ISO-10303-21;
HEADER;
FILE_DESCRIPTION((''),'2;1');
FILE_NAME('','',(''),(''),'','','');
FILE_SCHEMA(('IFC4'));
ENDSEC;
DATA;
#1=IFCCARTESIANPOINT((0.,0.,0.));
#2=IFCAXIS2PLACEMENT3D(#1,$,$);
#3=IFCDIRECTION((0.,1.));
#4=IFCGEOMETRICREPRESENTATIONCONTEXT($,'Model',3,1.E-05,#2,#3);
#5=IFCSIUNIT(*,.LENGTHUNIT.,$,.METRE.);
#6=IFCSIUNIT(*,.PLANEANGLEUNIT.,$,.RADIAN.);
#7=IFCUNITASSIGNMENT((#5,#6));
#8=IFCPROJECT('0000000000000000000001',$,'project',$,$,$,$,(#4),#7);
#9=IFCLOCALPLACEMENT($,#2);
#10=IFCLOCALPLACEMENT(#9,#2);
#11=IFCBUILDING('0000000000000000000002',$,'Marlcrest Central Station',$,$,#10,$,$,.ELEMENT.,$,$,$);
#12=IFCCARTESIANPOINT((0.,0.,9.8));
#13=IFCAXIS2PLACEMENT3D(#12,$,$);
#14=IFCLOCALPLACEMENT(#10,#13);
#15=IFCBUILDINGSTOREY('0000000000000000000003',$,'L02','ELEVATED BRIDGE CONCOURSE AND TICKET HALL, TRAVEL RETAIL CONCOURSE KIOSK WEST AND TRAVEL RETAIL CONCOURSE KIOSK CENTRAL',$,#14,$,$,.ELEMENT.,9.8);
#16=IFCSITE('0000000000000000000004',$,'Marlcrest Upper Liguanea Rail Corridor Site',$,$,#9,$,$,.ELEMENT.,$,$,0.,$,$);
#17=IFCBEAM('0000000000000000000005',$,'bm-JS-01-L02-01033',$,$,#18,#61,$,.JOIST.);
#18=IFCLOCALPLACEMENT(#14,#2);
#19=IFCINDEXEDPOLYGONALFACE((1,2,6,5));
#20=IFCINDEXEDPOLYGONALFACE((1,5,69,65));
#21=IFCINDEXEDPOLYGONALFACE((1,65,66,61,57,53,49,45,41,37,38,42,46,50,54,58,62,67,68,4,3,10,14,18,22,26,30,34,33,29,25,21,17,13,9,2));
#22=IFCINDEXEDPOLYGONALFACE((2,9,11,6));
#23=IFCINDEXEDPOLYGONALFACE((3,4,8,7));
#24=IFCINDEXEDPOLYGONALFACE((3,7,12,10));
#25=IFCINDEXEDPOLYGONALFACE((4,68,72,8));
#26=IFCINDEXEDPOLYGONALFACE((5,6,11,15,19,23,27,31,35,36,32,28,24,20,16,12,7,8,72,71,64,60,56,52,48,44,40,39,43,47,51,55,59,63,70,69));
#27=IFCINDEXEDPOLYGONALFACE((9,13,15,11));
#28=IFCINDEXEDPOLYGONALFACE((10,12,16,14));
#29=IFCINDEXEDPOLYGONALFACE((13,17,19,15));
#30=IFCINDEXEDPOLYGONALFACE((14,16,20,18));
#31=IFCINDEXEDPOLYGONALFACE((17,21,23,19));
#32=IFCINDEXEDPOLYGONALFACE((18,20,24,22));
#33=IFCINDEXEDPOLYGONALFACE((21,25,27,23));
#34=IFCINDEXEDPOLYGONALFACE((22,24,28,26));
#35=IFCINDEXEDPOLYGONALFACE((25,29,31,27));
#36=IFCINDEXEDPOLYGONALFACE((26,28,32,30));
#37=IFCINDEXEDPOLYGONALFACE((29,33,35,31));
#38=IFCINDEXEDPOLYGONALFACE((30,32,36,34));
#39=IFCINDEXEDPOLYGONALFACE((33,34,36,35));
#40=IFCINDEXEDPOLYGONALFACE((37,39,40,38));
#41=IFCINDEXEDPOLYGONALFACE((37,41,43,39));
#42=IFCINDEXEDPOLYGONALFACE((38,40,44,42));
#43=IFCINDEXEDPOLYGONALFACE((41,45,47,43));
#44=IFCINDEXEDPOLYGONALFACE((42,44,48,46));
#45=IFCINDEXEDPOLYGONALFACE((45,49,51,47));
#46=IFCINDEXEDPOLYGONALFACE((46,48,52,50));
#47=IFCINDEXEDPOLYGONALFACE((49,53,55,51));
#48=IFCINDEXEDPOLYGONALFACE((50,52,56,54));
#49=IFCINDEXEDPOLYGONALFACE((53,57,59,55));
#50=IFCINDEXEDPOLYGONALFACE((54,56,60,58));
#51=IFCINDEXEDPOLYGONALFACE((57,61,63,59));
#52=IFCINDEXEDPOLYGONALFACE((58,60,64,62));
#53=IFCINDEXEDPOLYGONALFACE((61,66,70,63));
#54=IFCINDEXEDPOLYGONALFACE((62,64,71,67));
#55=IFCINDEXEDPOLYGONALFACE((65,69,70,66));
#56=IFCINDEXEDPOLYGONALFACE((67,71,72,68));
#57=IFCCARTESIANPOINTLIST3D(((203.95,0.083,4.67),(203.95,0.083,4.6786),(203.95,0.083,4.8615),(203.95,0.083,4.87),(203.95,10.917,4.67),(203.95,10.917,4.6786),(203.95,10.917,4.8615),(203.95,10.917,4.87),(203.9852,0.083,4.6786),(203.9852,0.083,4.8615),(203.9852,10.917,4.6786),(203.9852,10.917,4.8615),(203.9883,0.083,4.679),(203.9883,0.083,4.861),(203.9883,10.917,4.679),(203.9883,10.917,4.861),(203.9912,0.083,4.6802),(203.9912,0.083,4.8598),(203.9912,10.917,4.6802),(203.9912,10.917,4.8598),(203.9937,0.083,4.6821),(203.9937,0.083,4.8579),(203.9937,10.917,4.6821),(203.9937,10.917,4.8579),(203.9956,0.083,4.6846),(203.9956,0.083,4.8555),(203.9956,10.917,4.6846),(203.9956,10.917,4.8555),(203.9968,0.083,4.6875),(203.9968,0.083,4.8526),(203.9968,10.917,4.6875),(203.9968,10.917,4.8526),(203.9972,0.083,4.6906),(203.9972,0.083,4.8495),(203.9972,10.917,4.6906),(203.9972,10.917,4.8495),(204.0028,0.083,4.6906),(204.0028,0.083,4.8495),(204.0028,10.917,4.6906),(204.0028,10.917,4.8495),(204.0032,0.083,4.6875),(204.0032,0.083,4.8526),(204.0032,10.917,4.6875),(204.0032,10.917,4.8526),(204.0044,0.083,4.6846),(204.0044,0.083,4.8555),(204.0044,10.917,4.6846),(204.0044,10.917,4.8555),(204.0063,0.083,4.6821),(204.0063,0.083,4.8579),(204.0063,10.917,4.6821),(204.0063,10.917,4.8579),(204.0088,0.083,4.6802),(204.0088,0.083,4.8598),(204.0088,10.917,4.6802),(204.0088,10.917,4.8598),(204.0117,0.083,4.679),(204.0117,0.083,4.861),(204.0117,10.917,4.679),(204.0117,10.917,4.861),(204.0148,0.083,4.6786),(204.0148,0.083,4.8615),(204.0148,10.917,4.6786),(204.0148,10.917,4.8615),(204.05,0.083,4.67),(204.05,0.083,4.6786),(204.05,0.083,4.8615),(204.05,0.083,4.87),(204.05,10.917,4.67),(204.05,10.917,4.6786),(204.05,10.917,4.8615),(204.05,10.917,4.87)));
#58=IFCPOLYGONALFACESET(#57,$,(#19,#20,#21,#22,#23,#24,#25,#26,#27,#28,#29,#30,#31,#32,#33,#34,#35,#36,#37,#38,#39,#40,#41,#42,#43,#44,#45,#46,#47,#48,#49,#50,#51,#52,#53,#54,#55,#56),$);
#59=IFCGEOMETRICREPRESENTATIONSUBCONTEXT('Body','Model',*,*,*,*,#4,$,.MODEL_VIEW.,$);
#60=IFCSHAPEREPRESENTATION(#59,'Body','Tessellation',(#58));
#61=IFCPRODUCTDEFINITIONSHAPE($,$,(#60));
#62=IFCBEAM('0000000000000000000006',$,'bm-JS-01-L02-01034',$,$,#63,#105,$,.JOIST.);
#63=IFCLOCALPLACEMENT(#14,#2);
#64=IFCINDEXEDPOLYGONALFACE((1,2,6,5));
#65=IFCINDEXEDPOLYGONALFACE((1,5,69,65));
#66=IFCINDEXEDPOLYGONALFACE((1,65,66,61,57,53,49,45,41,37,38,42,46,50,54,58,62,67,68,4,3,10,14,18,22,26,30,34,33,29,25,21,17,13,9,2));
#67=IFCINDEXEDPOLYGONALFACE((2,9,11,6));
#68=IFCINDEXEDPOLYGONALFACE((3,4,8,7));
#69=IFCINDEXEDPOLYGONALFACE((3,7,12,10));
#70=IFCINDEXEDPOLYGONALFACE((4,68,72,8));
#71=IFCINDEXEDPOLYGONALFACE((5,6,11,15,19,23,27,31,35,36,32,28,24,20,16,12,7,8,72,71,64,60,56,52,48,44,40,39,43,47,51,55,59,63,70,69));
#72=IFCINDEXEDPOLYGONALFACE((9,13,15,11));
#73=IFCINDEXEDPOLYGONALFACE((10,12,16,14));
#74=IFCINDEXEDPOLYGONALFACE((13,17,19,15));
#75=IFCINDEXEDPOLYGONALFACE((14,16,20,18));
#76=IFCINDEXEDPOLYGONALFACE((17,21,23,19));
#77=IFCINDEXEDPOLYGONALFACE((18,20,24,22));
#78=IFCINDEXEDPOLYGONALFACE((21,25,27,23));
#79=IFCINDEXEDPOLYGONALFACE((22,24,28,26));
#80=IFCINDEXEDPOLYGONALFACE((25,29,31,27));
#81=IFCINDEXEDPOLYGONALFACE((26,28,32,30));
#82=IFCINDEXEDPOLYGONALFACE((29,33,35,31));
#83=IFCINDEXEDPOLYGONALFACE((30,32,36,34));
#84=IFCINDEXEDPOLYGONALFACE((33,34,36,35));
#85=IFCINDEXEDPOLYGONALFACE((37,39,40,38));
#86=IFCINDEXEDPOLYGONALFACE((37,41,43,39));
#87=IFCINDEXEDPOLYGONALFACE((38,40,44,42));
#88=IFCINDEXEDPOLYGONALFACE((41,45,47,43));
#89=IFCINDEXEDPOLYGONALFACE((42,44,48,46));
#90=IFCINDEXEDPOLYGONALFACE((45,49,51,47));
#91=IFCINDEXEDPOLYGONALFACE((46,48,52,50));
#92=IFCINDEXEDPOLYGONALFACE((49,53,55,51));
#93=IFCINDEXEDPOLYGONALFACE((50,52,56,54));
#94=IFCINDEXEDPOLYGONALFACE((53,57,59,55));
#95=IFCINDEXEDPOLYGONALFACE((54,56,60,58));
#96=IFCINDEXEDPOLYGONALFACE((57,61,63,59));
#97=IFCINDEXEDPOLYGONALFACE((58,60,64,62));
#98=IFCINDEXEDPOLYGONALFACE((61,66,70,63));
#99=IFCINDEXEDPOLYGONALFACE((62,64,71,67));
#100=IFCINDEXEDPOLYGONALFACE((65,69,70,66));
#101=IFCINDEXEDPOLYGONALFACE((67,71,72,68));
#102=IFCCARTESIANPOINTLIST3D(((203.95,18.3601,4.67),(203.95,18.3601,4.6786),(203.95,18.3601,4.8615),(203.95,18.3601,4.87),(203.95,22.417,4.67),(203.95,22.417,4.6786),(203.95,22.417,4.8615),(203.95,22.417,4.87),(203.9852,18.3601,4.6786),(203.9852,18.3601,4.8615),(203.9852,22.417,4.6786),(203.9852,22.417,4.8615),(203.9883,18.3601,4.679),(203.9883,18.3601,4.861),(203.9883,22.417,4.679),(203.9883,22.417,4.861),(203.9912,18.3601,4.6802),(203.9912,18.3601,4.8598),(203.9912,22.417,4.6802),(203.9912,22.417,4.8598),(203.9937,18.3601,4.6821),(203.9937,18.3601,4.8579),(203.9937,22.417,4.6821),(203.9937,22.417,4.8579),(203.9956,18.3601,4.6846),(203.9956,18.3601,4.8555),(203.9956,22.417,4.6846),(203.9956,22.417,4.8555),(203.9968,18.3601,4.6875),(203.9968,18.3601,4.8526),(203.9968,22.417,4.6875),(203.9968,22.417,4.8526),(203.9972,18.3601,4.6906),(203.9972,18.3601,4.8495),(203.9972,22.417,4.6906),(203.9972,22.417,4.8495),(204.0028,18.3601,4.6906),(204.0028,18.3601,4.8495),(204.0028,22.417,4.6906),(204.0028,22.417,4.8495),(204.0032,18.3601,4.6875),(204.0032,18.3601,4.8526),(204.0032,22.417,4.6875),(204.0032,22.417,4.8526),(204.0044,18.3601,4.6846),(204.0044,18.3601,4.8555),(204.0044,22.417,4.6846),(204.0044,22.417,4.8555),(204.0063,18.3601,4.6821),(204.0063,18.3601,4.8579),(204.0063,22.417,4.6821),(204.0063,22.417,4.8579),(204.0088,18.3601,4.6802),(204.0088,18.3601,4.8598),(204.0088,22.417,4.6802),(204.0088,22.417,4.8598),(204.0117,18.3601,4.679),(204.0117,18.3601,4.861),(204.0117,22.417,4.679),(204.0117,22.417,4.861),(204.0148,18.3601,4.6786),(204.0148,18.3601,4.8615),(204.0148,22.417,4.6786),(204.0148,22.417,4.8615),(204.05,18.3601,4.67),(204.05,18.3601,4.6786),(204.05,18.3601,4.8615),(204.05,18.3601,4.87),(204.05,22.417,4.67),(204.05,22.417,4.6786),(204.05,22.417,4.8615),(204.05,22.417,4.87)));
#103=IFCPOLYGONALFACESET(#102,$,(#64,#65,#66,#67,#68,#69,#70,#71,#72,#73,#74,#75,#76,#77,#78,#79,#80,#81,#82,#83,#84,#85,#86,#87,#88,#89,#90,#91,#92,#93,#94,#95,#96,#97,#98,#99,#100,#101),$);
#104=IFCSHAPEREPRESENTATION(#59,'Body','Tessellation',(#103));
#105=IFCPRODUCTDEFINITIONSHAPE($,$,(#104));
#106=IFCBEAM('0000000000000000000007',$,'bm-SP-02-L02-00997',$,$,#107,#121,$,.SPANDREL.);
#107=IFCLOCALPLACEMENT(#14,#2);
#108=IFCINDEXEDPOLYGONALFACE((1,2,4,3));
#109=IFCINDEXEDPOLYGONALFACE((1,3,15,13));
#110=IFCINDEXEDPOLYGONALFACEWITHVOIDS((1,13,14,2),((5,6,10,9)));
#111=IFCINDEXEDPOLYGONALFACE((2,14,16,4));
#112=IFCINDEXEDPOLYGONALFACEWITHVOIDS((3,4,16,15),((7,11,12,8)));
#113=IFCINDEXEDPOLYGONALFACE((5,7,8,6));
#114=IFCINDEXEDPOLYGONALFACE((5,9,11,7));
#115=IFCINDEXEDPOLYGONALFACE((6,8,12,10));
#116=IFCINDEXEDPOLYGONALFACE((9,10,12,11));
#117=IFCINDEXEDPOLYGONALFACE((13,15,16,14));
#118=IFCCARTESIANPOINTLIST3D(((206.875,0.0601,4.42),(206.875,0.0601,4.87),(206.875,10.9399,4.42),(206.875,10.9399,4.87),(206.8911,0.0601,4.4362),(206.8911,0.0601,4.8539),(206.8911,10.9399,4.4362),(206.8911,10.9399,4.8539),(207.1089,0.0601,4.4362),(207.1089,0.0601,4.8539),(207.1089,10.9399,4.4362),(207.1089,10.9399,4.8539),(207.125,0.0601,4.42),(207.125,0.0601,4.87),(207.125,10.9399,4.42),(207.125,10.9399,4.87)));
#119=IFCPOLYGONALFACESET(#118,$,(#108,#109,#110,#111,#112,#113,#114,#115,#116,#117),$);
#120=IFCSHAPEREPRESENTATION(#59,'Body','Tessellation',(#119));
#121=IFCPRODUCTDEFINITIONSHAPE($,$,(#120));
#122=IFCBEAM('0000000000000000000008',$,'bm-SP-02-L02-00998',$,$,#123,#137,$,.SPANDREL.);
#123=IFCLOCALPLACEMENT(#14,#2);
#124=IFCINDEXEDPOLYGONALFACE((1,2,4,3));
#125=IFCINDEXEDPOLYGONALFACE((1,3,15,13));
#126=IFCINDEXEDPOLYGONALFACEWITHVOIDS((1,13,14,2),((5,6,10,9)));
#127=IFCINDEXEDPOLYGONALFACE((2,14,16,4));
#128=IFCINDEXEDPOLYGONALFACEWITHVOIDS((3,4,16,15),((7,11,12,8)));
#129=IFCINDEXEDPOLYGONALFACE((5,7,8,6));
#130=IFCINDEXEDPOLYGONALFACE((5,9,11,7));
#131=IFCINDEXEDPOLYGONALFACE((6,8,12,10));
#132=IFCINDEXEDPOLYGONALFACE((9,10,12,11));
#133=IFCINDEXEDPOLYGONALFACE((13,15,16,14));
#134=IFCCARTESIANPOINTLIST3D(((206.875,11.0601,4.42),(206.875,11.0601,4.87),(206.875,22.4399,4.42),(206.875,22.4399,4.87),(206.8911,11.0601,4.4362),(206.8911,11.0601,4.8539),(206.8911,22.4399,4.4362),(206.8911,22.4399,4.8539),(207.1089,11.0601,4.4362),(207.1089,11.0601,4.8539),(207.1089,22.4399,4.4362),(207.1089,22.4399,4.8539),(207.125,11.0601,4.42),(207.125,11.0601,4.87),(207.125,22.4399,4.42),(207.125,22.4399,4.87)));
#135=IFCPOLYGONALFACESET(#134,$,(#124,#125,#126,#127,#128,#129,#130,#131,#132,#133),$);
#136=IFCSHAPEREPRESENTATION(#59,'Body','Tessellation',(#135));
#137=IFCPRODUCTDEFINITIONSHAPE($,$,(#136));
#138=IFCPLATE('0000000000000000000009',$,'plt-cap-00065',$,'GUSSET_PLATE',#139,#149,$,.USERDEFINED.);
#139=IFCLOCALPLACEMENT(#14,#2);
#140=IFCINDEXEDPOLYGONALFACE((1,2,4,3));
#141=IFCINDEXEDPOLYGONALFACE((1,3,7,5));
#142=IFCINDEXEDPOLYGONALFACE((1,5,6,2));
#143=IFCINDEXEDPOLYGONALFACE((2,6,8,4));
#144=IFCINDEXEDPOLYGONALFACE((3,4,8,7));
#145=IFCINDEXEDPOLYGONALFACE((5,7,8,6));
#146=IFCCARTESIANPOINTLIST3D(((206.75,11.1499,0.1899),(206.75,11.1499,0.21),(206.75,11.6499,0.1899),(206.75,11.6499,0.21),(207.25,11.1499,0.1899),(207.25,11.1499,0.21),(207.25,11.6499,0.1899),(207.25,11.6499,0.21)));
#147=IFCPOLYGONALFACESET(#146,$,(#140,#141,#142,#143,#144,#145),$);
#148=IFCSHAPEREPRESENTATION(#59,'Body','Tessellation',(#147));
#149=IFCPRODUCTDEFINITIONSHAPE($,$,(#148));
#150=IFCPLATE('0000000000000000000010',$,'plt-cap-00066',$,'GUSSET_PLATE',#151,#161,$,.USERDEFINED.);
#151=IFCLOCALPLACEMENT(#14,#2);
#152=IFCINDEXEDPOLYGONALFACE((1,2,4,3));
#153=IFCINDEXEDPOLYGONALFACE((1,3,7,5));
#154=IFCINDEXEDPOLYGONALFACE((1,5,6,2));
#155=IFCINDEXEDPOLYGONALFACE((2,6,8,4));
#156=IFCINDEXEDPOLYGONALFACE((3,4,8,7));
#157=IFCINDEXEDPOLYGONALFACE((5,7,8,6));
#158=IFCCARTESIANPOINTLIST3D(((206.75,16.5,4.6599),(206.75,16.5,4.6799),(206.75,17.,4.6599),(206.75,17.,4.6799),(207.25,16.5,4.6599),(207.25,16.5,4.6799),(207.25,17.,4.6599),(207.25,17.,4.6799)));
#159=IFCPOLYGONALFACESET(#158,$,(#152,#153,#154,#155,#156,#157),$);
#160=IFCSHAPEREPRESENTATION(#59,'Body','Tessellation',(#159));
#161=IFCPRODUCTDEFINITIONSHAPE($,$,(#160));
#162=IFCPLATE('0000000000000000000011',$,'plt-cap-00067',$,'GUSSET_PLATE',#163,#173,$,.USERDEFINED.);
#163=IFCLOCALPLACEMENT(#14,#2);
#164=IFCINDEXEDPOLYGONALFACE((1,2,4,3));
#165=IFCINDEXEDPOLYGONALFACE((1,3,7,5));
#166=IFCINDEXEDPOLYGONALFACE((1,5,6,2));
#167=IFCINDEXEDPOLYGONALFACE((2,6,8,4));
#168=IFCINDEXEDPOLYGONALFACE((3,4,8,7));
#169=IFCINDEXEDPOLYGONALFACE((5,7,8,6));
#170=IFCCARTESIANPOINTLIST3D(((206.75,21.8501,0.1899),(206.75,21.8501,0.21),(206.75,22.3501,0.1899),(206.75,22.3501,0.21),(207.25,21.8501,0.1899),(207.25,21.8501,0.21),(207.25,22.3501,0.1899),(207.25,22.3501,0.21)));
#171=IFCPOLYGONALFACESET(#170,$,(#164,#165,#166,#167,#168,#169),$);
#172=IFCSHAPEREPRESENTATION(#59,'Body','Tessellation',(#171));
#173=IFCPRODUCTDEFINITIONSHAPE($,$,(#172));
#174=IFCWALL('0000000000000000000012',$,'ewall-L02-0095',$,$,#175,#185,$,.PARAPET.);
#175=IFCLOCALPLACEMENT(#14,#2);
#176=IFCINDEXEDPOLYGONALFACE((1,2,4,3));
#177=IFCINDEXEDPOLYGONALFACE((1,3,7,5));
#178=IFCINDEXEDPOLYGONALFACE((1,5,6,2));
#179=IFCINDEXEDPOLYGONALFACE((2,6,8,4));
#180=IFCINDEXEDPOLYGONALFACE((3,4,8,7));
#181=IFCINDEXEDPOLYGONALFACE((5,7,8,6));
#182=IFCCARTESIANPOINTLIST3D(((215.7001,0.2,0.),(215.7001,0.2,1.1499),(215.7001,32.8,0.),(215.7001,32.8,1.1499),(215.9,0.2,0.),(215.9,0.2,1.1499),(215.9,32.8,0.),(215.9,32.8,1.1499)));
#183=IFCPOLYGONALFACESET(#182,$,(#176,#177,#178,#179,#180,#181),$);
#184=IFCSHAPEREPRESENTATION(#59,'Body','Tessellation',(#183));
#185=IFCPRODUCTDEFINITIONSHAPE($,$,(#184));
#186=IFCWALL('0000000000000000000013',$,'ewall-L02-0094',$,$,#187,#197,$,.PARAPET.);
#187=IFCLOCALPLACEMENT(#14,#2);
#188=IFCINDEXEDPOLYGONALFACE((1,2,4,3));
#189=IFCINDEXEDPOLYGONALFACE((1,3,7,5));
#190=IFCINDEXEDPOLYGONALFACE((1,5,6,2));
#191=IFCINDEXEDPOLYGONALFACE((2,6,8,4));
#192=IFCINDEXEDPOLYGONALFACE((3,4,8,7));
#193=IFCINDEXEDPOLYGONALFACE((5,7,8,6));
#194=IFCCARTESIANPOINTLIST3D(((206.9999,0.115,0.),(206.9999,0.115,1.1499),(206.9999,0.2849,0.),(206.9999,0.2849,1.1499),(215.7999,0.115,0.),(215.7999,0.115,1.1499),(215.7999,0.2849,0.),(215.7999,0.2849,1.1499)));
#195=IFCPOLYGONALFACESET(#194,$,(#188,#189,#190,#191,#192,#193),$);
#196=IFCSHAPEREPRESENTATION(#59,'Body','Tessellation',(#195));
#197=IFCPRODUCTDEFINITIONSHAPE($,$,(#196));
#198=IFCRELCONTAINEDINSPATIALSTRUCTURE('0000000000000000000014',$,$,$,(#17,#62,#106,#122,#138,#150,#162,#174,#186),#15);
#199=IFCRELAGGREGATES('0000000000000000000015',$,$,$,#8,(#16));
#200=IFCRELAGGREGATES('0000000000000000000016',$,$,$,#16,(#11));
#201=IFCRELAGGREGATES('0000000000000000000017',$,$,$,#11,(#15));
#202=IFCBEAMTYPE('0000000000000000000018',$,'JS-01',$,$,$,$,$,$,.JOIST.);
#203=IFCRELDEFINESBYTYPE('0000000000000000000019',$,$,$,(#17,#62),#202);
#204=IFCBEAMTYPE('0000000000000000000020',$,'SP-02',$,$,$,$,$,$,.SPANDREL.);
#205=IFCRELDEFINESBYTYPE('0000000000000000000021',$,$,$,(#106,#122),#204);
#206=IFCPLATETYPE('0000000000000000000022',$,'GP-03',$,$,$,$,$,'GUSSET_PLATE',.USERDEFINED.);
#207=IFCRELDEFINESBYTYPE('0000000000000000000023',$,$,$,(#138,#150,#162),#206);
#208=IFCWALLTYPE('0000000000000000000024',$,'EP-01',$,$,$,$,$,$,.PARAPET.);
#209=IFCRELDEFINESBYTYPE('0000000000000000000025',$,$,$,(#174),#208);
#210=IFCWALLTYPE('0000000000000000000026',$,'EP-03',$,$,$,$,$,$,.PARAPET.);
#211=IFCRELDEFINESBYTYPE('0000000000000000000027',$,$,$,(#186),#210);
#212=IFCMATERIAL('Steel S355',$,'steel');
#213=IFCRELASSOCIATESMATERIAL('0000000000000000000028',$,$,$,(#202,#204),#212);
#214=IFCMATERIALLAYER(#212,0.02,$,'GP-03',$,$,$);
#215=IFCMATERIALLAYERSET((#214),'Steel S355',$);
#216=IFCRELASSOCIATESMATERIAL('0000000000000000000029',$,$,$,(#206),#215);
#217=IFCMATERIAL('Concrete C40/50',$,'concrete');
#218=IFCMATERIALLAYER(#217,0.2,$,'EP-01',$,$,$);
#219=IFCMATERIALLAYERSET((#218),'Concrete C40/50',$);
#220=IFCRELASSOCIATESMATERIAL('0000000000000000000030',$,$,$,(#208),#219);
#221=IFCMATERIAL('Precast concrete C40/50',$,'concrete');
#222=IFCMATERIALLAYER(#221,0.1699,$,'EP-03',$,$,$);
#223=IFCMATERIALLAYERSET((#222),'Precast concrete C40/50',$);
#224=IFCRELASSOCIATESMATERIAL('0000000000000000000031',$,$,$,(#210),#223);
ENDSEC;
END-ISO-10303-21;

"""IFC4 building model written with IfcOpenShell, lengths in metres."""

from ifc_helpers import new_model, si_unit, direction, frame, frame_2d, origin, origin_2d, place, context, subcontext, project, spatial, rectangle, hollow_rectangle, i_section, extrude, material, layer, layer_set, material_profile, profile_set, type_object, element, save


model = new_model("IFC4")

# Units and contexts
model_context = context("Model", 3, precision=1e-05, world=origin(), true_north=direction((0.0, 1.0)))
body_context = subcontext(model_context, "Body", "Model", "MODEL_VIEW")
ifc_project = project(units=[si_unit("LENGTHUNIT", "METRE"), si_unit("PLANEANGLEUNIT", "RADIAN")], contexts=[model_context])

# Site, building, storey
site_placement = place(None, origin())
site = spatial("IfcSite", under=ifc_project, at=site_placement, Name="Marlcrest Upper Liguanea Rail Corridor Site", CompositionType="ELEMENT", RefElevation=0.0)
building_placement = place(site_placement, origin())
building = spatial("IfcBuilding", under=site, at=building_placement, Name="Marlcrest Central Station", CompositionType="ELEMENT")
storey_placement = place(building_placement, frame((0.0, 0.0, 9.8)))
storey = spatial("IfcBuildingStorey", under=building, at=storey_placement, Name="L02", Description="ELEVATED BRIDGE CONCOURSE AND TICKET HALL, TRAVEL RETAIL CONCOURSE KIOSK WEST AND TRAVEL RETAIL CONCOURSE KIOSK CENTRAL", CompositionType="ELEMENT", Elevation=9.8)

# Shared definitions
ifc_material_1 = material(Name="Concrete C40/50", Category="concrete")

# Shared definitions
ifc_material_2 = material(Name="Steel S355", Category="steel")

# Beams
ifc_material_profile_1 = material_profile(ifc_material_2, i_section(OverallWidth=0.1001, OverallDepth=0.2, WebThickness=0.0056, FlangeThickness=0.0085, FilletRadius=0.012, at=origin_2d()), Name="IPE 200")
ifc_profile_set_1 = profile_set([ifc_material_profile_1], Name="Steel S355")
beam_type_1 = type_object("IfcBeamType", Name="JS-01", PredefinedType="JOIST", material=ifc_profile_set_1)
beam_1_placement = place(storey_placement, frame((204.0, 0.083, 4.77), z_axis=(0.0, 1.0, 0.0), x_axis=(-1.0, 0.0, 0.0)))
element("IfcBeam", 1, at=beam_1_placement, inside=storey, type_object=beam_type_1, Name="bm-JS-01-L02-01033", PredefinedType="JOIST", context=body_context, shape_type="SweptSolid", body=[
    extrude(i_section(OverallWidth=0.1001, OverallDepth=0.2, WebThickness=0.0056, FlangeThickness=0.0085, FilletRadius=0.012, at=origin_2d()), origin(), (0.0, 0.0, 1.0), 10.834),
])
beam_2_placement = place(storey_placement, frame((204.0, 18.3601, 4.77), z_axis=(0.0, 1.0, 0.0), x_axis=(-1.0, 0.0, 0.0)))
element("IfcBeam", 2, at=beam_2_placement, inside=storey, type_object=beam_type_1, Name="bm-JS-01-L02-01034", PredefinedType="JOIST", context=body_context, shape_type="SweptSolid", body=[
    extrude(i_section(OverallWidth=0.1001, OverallDepth=0.2, WebThickness=0.0056, FlangeThickness=0.0085, FilletRadius=0.012, at=origin_2d()), origin(), (0.0, 0.0, 1.0), 4.0569),
])
ifc_material_profile_2 = material_profile(ifc_material_2, hollow_rectangle(XDim=0.25, YDim=0.45, WallThickness=0.0161, at=origin_2d()), Name="RHS 450x250x16")
ifc_profile_set_2 = profile_set([ifc_material_profile_2], Name="Steel S355")
beam_type_2 = type_object("IfcBeamType", Name="SP-02", PredefinedType="SPANDREL", material=ifc_profile_set_2)
beam_3_placement = place(storey_placement, frame((207.0, 0.0601, 4.645), z_axis=(0.0, 1.0, 0.0), x_axis=(-1.0, 0.0, 0.0)))
element("IfcBeam", 3, at=beam_3_placement, inside=storey, type_object=beam_type_2, Name="bm-SP-02-L02-00997", PredefinedType="SPANDREL", context=body_context, shape_type="SweptSolid", body=[
    extrude(hollow_rectangle(XDim=0.25, YDim=0.45, WallThickness=0.0161, at=origin_2d()), origin(), (0.0, 0.0, 1.0), 10.8799),
])
beam_4_placement = place(storey_placement, frame((207.0, 11.0601, 4.645), z_axis=(0.0, 1.0, 0.0), x_axis=(-1.0, 0.0, 0.0)))
element("IfcBeam", 4, at=beam_4_placement, inside=storey, type_object=beam_type_2, Name="bm-SP-02-L02-00998", PredefinedType="SPANDREL", context=body_context, shape_type="SweptSolid", body=[
    extrude(hollow_rectangle(XDim=0.25, YDim=0.45, WallThickness=0.0161, at=origin_2d()), origin(), (0.0, 0.0, 1.0), 11.3799),
])

# Plates
ifc_layer_1 = layer(ifc_material_2, 0.02, Name="GP-03")
ifc_layer_set_1 = layer_set([ifc_layer_1], Name="Steel S355")
plate_type = type_object("IfcPlateType", Name="GP-03", ElementType="GUSSET_PLATE", PredefinedType="USERDEFINED", material=ifc_layer_set_1)
for number, where, z_axis, x_axis, name in (
    (5, (207.0, 11.3999, 0.1899), (0.0, 0.0, 1.0), (1.0, 0.0, 0.0), "plt-cap-00065"),
    (6, (207.0, 16.75, 4.6599), (0.0, 0.0, 1.0), (1.0, 0.0, 0.0), "plt-cap-00066"),
    (7, (207.0, 22.1001, 0.1899), (0.0, 0.0, 1.0), (1.0, 0.0, 0.0), "plt-cap-00067"),
):
    element("IfcPlate", number, at=place(storey_placement, frame(where, z_axis=z_axis, x_axis=x_axis)), inside=storey, type_object=plate_type, Name=name, ObjectType="GUSSET_PLATE", PredefinedType="USERDEFINED", context=body_context, shape_type="SweptSolid", body=[
        extrude(rectangle(XDim=0.5, YDim=0.5, at=origin_2d()), origin(), (0.0, 0.0, 1.0), 0.02),
    ])

# Walls
ifc_layer_2 = layer(ifc_material_1, 0.2, Name="EP-01")
ifc_layer_set_2 = layer_set([ifc_layer_2], Name="Concrete C40/50")
wall_type_1 = type_object("IfcWallType", Name="EP-01", PredefinedType="PARAPET", material=ifc_layer_set_2)
wall_1_placement = place(storey_placement, frame((215.8, 0.2, 0.0), z_axis=(0.0, 0.0, 1.0), x_axis=(0.0, 1.0, 0.0)))
element("IfcWall", 8, at=wall_1_placement, inside=storey, type_object=wall_type_1, Name="ewall-L02-0095", PredefinedType="PARAPET", context=body_context, shape_type="SweptSolid", body=[
    extrude(rectangle(XDim=32.6001, YDim=0.2, at=frame_2d((16.3, 0.0))), origin(), (0.0, 0.0, 1.0), 1.1499),
])
ifc_material_3 = material(Name="Precast concrete C40/50", Category="concrete")
ifc_layer_3 = layer(ifc_material_3, 0.1699, Name="EP-03")
ifc_layer_set_3 = layer_set([ifc_layer_3], Name="Precast concrete C40/50")
wall_type_2 = type_object("IfcWallType", Name="EP-03", PredefinedType="PARAPET", material=ifc_layer_set_3)
wall_2_placement = place(storey_placement, frame((207.0, 0.2, 0.0), z_axis=(0.0, 0.0, 1.0), x_axis=(1.0, 0.0, 0.0)))
element("IfcWall", 9, at=wall_2_placement, inside=storey, type_object=wall_type_2, Name="ewall-L02-0094", PredefinedType="PARAPET", context=body_context, shape_type="SweptSolid", body=[
    extrude(rectangle(XDim=8.8, YDim=0.1699, at=frame_2d((4.3999, 0.0))), origin(), (0.0, 0.0, 1.0), 1.1499),
])

save(model, "model.ifc")
